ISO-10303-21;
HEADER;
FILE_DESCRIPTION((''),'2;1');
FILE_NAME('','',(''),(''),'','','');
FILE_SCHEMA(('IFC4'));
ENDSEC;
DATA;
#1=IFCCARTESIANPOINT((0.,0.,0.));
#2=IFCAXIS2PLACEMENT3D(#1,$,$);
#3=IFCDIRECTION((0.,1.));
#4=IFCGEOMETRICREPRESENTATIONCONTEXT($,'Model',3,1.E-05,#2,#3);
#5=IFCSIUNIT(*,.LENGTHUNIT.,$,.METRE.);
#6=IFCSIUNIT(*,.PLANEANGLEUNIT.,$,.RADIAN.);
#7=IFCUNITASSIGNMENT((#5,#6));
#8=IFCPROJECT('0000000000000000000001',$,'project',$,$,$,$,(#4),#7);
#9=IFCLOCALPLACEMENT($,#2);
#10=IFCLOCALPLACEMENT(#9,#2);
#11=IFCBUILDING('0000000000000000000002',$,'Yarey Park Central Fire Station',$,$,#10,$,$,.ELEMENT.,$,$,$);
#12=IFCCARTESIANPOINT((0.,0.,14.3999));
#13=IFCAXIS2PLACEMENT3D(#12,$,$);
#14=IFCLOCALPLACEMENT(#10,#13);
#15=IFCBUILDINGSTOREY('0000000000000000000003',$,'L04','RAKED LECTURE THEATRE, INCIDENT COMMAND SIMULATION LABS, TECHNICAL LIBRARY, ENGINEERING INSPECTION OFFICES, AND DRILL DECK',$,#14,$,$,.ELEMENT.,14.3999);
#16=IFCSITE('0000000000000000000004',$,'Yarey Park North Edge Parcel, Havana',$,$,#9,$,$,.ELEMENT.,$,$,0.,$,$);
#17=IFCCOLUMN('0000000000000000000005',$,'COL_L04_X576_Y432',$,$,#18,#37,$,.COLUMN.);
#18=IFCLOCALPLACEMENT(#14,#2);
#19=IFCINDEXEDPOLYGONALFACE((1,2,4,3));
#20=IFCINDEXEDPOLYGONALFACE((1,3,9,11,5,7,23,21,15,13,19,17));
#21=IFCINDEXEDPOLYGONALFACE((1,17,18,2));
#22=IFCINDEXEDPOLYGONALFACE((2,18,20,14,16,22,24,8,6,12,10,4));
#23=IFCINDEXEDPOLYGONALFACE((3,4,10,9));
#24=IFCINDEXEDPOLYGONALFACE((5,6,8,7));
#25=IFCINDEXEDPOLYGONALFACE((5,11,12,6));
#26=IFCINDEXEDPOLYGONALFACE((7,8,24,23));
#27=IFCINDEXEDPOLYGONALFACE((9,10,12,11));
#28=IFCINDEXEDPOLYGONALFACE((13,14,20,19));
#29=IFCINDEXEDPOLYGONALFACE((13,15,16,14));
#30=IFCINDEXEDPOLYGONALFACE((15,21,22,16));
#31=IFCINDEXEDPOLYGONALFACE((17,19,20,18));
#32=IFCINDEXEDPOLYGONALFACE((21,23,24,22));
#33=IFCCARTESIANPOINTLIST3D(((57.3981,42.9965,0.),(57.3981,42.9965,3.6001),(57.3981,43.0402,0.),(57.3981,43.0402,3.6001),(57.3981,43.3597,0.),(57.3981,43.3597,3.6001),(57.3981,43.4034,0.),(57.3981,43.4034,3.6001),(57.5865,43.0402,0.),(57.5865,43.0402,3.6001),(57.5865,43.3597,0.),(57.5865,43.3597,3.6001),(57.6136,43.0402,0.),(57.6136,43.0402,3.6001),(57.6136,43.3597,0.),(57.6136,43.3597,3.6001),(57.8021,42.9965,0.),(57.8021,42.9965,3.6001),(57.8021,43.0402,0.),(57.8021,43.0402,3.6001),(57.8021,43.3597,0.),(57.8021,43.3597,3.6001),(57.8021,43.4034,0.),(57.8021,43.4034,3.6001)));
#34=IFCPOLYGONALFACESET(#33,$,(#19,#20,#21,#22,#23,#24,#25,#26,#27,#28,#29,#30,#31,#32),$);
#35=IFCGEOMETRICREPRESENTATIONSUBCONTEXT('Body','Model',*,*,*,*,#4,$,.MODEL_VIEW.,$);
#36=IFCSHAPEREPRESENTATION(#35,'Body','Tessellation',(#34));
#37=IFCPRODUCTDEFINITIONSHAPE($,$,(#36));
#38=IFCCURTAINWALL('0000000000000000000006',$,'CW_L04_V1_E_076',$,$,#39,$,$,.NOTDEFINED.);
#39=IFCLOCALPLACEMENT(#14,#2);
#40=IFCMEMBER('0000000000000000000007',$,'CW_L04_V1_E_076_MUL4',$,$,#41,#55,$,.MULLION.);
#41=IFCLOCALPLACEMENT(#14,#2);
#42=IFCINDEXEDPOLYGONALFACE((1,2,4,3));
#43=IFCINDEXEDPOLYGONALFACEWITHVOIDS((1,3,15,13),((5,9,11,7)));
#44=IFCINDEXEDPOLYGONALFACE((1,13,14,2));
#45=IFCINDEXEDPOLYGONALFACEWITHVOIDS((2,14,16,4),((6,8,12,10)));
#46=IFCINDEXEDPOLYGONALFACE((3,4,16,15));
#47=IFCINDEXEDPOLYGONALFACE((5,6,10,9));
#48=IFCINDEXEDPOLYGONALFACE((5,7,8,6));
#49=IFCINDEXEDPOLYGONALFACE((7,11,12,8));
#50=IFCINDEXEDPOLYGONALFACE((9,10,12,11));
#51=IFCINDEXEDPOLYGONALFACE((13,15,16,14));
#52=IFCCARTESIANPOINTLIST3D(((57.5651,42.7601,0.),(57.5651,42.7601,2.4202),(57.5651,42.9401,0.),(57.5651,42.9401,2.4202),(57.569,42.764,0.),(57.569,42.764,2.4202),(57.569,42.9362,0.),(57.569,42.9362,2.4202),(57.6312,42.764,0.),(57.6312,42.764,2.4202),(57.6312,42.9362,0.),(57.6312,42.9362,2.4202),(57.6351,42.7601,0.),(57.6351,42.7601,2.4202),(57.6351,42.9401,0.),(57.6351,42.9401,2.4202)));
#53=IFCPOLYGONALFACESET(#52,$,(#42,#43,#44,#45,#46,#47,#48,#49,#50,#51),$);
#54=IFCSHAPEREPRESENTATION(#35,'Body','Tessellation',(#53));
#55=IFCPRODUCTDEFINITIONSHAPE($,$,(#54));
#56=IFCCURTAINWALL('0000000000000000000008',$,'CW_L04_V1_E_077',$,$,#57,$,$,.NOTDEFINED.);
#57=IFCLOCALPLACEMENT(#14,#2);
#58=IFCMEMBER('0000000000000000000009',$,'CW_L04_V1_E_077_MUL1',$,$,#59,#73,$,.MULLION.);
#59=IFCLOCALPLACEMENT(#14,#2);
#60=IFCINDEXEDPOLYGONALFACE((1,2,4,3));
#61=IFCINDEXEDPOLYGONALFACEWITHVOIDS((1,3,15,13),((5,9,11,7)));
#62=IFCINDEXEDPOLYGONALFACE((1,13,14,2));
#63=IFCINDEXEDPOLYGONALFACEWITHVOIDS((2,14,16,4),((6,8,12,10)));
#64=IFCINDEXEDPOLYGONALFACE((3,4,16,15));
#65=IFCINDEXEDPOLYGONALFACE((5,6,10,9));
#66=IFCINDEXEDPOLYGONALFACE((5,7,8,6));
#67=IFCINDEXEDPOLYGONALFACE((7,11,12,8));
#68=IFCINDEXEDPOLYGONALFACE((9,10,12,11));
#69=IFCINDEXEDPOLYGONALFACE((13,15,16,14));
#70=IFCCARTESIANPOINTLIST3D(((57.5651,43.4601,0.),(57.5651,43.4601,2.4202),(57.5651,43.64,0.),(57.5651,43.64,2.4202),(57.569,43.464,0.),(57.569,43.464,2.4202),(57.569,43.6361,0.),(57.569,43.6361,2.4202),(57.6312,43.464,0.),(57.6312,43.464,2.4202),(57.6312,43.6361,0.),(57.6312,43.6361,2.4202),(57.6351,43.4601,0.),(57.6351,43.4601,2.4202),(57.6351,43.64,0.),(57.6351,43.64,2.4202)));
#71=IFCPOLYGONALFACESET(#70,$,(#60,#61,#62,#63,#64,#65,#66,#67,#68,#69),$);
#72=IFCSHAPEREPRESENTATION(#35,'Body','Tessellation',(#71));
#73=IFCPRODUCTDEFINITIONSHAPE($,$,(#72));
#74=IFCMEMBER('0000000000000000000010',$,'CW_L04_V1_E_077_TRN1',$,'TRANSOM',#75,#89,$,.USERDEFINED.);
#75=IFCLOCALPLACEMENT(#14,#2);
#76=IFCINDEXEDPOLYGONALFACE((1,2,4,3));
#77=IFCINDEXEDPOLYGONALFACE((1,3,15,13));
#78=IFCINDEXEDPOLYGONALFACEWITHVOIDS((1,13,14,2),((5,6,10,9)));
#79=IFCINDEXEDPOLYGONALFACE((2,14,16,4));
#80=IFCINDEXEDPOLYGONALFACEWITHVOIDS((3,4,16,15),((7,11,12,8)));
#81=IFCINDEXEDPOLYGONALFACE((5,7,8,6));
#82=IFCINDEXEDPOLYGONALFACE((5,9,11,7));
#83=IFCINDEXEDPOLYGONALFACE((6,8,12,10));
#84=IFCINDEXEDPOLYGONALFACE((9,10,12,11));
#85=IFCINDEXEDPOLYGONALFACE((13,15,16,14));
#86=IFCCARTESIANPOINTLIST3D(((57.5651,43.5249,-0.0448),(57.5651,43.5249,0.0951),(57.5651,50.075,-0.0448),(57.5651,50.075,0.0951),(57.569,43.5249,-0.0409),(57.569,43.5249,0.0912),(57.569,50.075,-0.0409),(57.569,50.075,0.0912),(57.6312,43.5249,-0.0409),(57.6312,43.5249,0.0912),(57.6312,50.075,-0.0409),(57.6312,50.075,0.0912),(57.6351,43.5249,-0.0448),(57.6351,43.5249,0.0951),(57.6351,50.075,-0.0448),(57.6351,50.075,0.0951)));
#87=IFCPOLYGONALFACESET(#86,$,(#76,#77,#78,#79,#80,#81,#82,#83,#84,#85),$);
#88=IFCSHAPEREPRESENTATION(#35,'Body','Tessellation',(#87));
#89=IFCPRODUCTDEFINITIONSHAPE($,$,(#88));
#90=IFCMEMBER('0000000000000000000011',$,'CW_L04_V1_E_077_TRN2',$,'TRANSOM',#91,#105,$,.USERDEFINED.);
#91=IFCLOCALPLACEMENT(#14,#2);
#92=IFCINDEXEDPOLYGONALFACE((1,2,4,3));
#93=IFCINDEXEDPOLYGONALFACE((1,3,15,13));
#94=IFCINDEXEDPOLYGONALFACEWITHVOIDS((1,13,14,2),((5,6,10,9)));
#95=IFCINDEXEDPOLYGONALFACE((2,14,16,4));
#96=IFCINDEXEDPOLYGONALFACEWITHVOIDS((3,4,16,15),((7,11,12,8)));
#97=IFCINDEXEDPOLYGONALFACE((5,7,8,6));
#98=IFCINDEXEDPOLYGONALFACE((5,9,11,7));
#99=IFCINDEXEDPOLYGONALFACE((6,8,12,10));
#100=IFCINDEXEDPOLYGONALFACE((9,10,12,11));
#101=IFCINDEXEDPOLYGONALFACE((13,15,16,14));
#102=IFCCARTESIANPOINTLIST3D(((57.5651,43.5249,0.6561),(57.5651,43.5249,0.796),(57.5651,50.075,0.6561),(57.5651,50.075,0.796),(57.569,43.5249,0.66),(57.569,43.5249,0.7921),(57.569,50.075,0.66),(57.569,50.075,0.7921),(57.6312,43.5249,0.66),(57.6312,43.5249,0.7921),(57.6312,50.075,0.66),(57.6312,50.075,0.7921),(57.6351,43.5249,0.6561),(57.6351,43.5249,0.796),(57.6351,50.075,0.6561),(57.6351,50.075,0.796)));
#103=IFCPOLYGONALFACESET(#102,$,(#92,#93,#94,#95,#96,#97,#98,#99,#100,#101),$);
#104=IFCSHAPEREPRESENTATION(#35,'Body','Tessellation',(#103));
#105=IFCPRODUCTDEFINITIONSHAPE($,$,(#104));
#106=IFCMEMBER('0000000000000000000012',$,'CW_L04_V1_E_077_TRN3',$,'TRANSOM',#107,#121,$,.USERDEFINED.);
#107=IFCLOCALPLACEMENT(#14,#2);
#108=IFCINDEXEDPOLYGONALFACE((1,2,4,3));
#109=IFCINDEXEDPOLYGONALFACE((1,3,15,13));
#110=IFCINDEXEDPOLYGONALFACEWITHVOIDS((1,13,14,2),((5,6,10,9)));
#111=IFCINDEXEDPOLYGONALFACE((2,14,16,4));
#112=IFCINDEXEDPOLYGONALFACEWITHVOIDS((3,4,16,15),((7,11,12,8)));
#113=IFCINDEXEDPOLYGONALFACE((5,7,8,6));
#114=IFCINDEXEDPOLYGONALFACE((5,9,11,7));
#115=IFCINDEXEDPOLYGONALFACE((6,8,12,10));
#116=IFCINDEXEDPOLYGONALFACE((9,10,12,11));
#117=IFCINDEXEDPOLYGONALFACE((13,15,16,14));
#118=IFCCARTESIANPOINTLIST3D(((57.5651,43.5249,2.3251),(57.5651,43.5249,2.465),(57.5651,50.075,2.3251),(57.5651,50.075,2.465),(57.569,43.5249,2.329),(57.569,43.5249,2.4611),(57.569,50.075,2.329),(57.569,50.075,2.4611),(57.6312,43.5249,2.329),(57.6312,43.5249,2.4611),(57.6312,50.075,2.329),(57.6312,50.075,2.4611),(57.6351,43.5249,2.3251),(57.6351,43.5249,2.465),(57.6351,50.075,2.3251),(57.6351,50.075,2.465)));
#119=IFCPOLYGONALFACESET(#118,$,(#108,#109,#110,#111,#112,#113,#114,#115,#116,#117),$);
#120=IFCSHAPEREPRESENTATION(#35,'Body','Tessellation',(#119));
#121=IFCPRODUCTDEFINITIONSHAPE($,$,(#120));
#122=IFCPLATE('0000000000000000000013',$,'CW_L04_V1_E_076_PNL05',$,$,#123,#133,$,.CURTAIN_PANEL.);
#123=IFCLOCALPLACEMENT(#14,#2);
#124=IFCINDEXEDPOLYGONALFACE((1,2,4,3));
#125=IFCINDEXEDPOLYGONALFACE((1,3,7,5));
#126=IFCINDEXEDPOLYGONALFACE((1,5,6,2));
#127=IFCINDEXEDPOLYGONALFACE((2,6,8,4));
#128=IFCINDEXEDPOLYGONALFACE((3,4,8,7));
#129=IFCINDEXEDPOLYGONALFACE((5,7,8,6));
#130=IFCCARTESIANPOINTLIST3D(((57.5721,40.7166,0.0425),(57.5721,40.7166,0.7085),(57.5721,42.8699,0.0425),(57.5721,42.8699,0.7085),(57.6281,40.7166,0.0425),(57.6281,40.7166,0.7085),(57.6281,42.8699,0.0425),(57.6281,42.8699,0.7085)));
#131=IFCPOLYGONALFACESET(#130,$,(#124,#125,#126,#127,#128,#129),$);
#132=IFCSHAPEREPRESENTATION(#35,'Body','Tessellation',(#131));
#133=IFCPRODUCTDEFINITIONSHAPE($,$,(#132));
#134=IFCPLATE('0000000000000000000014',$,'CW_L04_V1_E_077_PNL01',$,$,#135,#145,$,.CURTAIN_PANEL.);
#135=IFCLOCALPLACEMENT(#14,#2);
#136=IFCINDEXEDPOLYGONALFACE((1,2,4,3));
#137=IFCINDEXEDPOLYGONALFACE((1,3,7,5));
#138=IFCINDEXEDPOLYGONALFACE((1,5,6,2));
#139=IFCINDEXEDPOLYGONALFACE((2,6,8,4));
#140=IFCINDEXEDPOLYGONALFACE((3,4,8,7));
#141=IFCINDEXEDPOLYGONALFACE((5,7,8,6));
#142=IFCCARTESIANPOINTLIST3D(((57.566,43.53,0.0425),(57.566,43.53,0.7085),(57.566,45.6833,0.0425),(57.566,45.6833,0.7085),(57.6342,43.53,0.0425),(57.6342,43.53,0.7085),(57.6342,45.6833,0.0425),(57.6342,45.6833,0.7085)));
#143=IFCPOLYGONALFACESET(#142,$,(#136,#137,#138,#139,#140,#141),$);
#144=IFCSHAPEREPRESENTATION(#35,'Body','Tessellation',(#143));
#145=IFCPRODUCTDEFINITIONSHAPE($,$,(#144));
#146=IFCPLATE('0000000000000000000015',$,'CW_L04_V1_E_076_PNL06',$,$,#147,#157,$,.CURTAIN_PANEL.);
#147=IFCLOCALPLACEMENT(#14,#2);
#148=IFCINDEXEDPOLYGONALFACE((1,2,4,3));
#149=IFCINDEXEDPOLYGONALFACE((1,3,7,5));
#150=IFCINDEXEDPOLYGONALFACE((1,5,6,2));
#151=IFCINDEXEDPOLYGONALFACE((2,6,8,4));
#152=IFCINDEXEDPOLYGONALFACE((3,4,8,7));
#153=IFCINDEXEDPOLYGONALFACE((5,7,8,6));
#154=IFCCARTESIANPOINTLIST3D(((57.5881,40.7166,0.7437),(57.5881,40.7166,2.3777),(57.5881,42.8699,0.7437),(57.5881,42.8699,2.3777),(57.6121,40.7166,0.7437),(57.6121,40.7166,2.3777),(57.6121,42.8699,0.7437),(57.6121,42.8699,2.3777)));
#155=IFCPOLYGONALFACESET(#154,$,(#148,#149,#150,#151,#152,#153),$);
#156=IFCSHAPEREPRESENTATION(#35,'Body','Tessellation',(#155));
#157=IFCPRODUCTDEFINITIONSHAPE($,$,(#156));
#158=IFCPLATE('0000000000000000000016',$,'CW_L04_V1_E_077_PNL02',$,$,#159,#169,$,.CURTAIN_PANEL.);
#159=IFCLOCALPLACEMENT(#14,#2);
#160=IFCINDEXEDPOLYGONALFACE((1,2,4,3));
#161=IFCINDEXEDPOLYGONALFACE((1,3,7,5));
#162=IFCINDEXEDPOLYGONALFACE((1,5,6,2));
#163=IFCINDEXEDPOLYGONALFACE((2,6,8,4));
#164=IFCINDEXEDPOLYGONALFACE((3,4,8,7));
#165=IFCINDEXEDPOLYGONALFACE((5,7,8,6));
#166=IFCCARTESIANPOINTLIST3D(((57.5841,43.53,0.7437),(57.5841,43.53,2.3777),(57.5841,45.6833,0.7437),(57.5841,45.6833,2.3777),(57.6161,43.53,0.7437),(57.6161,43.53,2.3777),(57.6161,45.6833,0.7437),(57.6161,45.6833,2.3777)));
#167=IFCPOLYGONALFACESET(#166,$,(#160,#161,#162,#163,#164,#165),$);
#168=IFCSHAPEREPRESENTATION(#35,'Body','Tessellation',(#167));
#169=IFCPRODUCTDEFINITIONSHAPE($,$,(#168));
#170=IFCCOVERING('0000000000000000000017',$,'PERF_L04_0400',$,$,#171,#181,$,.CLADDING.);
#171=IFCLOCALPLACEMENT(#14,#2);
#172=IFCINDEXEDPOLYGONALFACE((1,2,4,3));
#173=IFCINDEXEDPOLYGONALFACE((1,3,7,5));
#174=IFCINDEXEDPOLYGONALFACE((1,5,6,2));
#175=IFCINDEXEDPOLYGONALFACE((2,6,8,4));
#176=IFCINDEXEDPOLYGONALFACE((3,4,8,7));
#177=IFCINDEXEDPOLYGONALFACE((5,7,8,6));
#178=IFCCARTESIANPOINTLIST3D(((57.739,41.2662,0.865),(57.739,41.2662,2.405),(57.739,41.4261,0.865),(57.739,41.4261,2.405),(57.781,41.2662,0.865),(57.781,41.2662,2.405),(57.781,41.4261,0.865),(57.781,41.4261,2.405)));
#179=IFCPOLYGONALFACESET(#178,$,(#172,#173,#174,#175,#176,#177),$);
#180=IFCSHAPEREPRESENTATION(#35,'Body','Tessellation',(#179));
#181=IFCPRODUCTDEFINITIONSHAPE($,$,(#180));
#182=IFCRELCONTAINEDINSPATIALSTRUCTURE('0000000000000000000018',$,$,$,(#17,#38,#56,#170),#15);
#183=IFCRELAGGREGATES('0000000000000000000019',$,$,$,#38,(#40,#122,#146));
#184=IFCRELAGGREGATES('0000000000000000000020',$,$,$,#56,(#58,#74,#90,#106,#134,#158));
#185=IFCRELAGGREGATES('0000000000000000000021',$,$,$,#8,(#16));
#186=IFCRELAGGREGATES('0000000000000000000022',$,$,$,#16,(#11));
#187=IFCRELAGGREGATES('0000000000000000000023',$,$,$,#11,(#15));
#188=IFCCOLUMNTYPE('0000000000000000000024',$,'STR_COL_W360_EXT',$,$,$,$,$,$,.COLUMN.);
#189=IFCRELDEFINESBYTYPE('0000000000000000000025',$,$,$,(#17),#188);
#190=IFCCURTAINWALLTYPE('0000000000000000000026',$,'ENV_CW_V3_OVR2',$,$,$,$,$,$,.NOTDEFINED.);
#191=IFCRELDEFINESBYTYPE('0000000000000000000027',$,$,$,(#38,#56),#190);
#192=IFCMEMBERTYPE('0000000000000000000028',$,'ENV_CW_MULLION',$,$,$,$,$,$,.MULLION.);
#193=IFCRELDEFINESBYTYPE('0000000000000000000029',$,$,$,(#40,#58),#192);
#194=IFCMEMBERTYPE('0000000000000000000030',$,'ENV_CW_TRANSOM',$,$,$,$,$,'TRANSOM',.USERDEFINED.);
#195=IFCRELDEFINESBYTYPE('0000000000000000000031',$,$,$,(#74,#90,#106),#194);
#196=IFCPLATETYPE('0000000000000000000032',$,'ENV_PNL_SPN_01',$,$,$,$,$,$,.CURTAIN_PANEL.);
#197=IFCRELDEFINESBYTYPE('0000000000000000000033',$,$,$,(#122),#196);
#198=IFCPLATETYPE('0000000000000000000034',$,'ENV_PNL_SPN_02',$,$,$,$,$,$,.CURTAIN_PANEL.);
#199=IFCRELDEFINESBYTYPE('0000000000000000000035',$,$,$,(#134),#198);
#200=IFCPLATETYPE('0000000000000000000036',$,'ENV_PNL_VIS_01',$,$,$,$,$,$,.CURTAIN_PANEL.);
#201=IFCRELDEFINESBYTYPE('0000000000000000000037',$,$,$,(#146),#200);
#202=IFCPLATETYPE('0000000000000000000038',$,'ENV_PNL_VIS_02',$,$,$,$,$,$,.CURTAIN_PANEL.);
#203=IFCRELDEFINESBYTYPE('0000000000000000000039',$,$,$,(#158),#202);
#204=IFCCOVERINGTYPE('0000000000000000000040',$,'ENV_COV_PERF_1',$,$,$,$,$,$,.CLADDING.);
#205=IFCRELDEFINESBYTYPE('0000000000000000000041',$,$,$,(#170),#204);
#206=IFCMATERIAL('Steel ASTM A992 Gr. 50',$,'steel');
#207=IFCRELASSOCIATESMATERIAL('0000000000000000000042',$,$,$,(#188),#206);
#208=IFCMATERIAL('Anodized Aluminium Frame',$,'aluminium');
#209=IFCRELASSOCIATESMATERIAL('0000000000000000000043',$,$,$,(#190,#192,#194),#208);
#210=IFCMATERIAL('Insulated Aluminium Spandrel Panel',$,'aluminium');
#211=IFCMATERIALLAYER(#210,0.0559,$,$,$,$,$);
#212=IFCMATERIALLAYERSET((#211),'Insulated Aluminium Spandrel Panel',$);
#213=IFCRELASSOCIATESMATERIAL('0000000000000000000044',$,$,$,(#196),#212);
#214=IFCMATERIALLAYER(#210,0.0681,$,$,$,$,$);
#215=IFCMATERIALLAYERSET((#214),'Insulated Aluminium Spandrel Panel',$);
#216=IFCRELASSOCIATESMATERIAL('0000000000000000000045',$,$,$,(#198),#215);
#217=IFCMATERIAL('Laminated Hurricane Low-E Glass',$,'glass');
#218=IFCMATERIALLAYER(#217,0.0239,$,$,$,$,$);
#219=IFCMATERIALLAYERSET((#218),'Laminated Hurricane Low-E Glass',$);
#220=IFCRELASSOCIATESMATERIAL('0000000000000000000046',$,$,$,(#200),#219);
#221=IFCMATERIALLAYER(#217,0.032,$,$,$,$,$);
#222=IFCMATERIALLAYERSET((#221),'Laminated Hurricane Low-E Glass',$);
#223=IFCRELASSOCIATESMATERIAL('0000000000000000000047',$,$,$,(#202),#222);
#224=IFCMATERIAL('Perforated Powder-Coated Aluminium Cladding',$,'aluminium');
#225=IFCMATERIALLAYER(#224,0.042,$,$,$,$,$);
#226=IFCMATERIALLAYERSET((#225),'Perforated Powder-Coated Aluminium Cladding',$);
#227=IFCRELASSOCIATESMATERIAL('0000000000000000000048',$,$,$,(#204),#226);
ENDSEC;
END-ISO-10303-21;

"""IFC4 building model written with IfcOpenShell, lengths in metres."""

from ifc_helpers import new_model, si_unit, direction, frame, origin, origin_2d, place, context, subcontext, project, spatial, rectangle, hollow_rectangle, i_section, extrude, material, layer, layer_set, material_profile, profile_set, type_object, element, aggregate, save


model = new_model("IFC4")

# Units and contexts
model_context = context("Model", 3, precision=1e-05, world=origin(), true_north=direction((0.0, 1.0)))
body_context = subcontext(model_context, "Body", "Model", "MODEL_VIEW")
ifc_project = project(units=[si_unit("LENGTHUNIT", "METRE"), si_unit("PLANEANGLEUNIT", "RADIAN")], contexts=[model_context])

# Site, building, storey
site_placement = place(None, origin())
site = spatial("IfcSite", under=ifc_project, at=site_placement, Name="Yarey Park North Edge Parcel, Havana", CompositionType="ELEMENT", RefElevation=0.0)
building_placement = place(site_placement, origin())
building = spatial("IfcBuilding", under=site, at=building_placement, Name="Yarey Park Central Fire Station", CompositionType="ELEMENT")
storey_placement = place(building_placement, frame((0.0, 0.0, 14.3999)))
storey = spatial("IfcBuildingStorey", under=building, at=storey_placement, Name="L04", Description="RAKED LECTURE THEATRE, INCIDENT COMMAND SIMULATION LABS, TECHNICAL LIBRARY, ENGINEERING INSPECTION OFFICES, AND DRILL DECK", CompositionType="ELEMENT", Elevation=14.3999)

# Column
ifc_material_1 = material(Name="Steel ASTM A992 Gr. 50", Category="steel")
ifc_material_profile_1 = material_profile(ifc_material_1, i_section(OverallWidth=0.4041, OverallDepth=0.407, WebThickness=0.0271, FlangeThickness=0.0437, at=origin_2d()), Name="W360x347")
ifc_profile_set_1 = profile_set([ifc_material_profile_1], Name="Steel ASTM A992 Gr. 50")
column_type = type_object("IfcColumnType", Name="STR_COL_W360_EXT", PredefinedType="COLUMN", material=ifc_profile_set_1)
column_placement = place(storey_placement, frame((57.6001, 43.2, 0.0), z_axis=(0.0, 0.0, 1.0), x_axis=(1.0, 0.0, 0.0)))
element("IfcColumn", 1, at=column_placement, inside=storey, type_object=column_type, Name="COL_L04_X576_Y432", PredefinedType="COLUMN", context=body_context, shape_type="SweptSolid", body=[
    extrude(i_section(OverallWidth=0.4041, OverallDepth=0.407, WebThickness=0.0271, FlangeThickness=0.0437, at=origin_2d()), origin(), (0.0, 0.0, 1.0), 3.6001),
])

# Curtain wall, member
ifc_material_2 = material(Name="Anodized Aluminium Frame", Category="aluminium")
curtain_wall_type = type_object("IfcCurtainWallType", Name="ENV_CW_V3_OVR2", PredefinedType="NOTDEFINED", material=ifc_material_2)
curtain_wall_1_placement = place(storey_placement, origin())
curtain_wall_1 = element("IfcCurtainWall", 2, at=curtain_wall_1_placement, inside=storey, type_object=curtain_wall_type, Name="CW_L04_V1_E_076", PredefinedType="NOTDEFINED")
ifc_material_profile_2 = material_profile(ifc_material_2, hollow_rectangle(XDim=0.0701, YDim=0.1799, WallThickness=0.0039, at=origin_2d()), Name="ALU 180x70x4")
ifc_profile_set_2 = profile_set([ifc_material_profile_2], Name="Anodized Aluminium Frame")
member_type_1 = type_object("IfcMemberType", Name="ENV_CW_MULLION", PredefinedType="MULLION", material=ifc_profile_set_2)
member_1_placement = place(storey_placement, frame((57.6001, 42.8501, 0.0), z_axis=(0.0, 0.0, 1.0), x_axis=(1.0, 0.0, 0.0)))
member_1 = element("IfcMember", 3, at=member_1_placement, type_object=member_type_1, Name="CW_L04_V1_E_076_MUL4", PredefinedType="MULLION", context=body_context, shape_type="SweptSolid", body=[
    extrude(hollow_rectangle(XDim=0.0701, YDim=0.1799, WallThickness=0.0039, at=origin_2d()), origin(), (0.0, 0.0, 1.0), 2.4202),
])

# Curtain wall, members
curtain_wall_2_placement = place(storey_placement, origin())
curtain_wall_2 = element("IfcCurtainWall", 4, at=curtain_wall_2_placement, inside=storey, type_object=curtain_wall_type, Name="CW_L04_V1_E_077", PredefinedType="NOTDEFINED")
member_2_placement = place(storey_placement, frame((57.6001, 43.55, 0.0), z_axis=(0.0, 0.0, 1.0), x_axis=(1.0, 0.0, 0.0)))
member_2 = element("IfcMember", 5, at=member_2_placement, type_object=member_type_1, Name="CW_L04_V1_E_077_MUL1", PredefinedType="MULLION", context=body_context, shape_type="SweptSolid", body=[
    extrude(hollow_rectangle(XDim=0.0701, YDim=0.1799, WallThickness=0.0039, at=origin_2d()), origin(), (0.0, 0.0, 1.0), 2.4202),
])
ifc_material_profile_3 = material_profile(ifc_material_2, hollow_rectangle(XDim=0.0701, YDim=0.1399, WallThickness=0.0039, at=origin_2d()), Name="ALU 140x70x4")
ifc_profile_set_3 = profile_set([ifc_material_profile_3], Name="Anodized Aluminium Frame")
member_type_2 = type_object("IfcMemberType", Name="ENV_CW_TRANSOM", ElementType="TRANSOM", PredefinedType="USERDEFINED", material=ifc_profile_set_3)
member_3_placement = place(storey_placement, frame((57.6001, 43.5249, 0.0251), z_axis=(0.0, 1.0, 0.0), x_axis=(-1.0, 0.0, 0.0)))
member_3 = element("IfcMember", 6, at=member_3_placement, type_object=member_type_2, Name="CW_L04_V1_E_077_TRN1", ObjectType="TRANSOM", PredefinedType="USERDEFINED", context=body_context, shape_type="SweptSolid", body=[
    extrude(hollow_rectangle(XDim=0.0701, YDim=0.1399, WallThickness=0.0039, at=origin_2d()), origin(), (0.0, 0.0, 1.0), 6.55),
])
member_4_placement = place(storey_placement, frame((57.6001, 43.5249, 0.7261), z_axis=(0.0, 1.0, 0.0), x_axis=(-1.0, 0.0, 0.0)))
member_4 = element("IfcMember", 7, at=member_4_placement, type_object=member_type_2, Name="CW_L04_V1_E_077_TRN2", ObjectType="TRANSOM", PredefinedType="USERDEFINED", context=body_context, shape_type="SweptSolid", body=[
    extrude(hollow_rectangle(XDim=0.0701, YDim=0.1399, WallThickness=0.0039, at=origin_2d()), origin(), (0.0, 0.0, 1.0), 6.55),
])
member_5_placement = place(storey_placement, frame((57.6001, 43.5249, 2.395), z_axis=(0.0, 1.0, 0.0), x_axis=(-1.0, 0.0, 0.0)))
member_5 = element("IfcMember", 8, at=member_5_placement, type_object=member_type_2, Name="CW_L04_V1_E_077_TRN3", ObjectType="TRANSOM", PredefinedType="USERDEFINED", context=body_context, shape_type="SweptSolid", body=[
    extrude(hollow_rectangle(XDim=0.0701, YDim=0.1399, WallThickness=0.0039, at=origin_2d()), origin(), (0.0, 0.0, 1.0), 6.55),
])

# Plates
ifc_material_3 = material(Name="Insulated Aluminium Spandrel Panel", Category="aluminium")
ifc_layer_1 = layer(ifc_material_3, 0.0559)
ifc_layer_set_1 = layer_set([ifc_layer_1], Name="Insulated Aluminium Spandrel Panel")
plate_type_1 = type_object("IfcPlateType", Name="ENV_PNL_SPN_01", PredefinedType="CURTAIN_PANEL", material=ifc_layer_set_1)
plate_1_placement = place(storey_placement, frame((57.6001, 41.7932, 0.0425), z_axis=(0.0, 0.0, 1.0), x_axis=(0.0, 1.0, 0.0)))
plate_1 = element("IfcPlate", 9, at=plate_1_placement, type_object=plate_type_1, Name="CW_L04_V1_E_076_PNL05", PredefinedType="CURTAIN_PANEL", context=body_context, shape_type="SweptSolid", body=[
    extrude(rectangle(XDim=2.1533, YDim=0.0559, at=origin_2d()), origin(), (0.0, 0.0, 1.0), 0.666),
])
ifc_layer_2 = layer(ifc_material_3, 0.0681)
ifc_layer_set_2 = layer_set([ifc_layer_2], Name="Insulated Aluminium Spandrel Panel")
plate_type_2 = type_object("IfcPlateType", Name="ENV_PNL_SPN_02", PredefinedType="CURTAIN_PANEL", material=ifc_layer_set_2)
plate_2_placement = place(storey_placement, frame((57.6001, 44.6067, 0.0425), z_axis=(0.0, 0.0, 1.0), x_axis=(0.0, 1.0, 0.0)))
plate_2 = element("IfcPlate", 10, at=plate_2_placement, type_object=plate_type_2, Name="CW_L04_V1_E_077_PNL01", PredefinedType="CURTAIN_PANEL", context=body_context, shape_type="SweptSolid", body=[
    extrude(rectangle(XDim=2.1533, YDim=0.0681, at=origin_2d()), origin(), (0.0, 0.0, 1.0), 0.666),
])
ifc_material_4 = material(Name="Laminated Hurricane Low-E Glass", Category="glass")
ifc_layer_3 = layer(ifc_material_4, 0.0239)
ifc_layer_set_3 = layer_set([ifc_layer_3], Name="Laminated Hurricane Low-E Glass")
plate_type_3 = type_object("IfcPlateType", Name="ENV_PNL_VIS_01", PredefinedType="CURTAIN_PANEL", material=ifc_layer_set_3)
plate_3_placement = place(storey_placement, frame((57.6001, 41.7932, 0.7437), z_axis=(0.0, 0.0, 1.0), x_axis=(0.0, 1.0, 0.0)))
plate_3 = element("IfcPlate", 11, at=plate_3_placement, type_object=plate_type_3, Name="CW_L04_V1_E_076_PNL06", PredefinedType="CURTAIN_PANEL", context=body_context, shape_type="SweptSolid", body=[
    extrude(rectangle(XDim=2.1533, YDim=0.0239, at=origin_2d()), origin(), (0.0, 0.0, 1.0), 1.634),
])
aggregate(curtain_wall_1, [member_1, plate_1, plate_3])
ifc_layer_4 = layer(ifc_material_4, 0.032)
ifc_layer_set_4 = layer_set([ifc_layer_4], Name="Laminated Hurricane Low-E Glass")
plate_type_4 = type_object("IfcPlateType", Name="ENV_PNL_VIS_02", PredefinedType="CURTAIN_PANEL", material=ifc_layer_set_4)
plate_4_placement = place(storey_placement, frame((57.6001, 44.6067, 0.7437), z_axis=(0.0, 0.0, 1.0), x_axis=(0.0, 1.0, 0.0)))
plate_4 = element("IfcPlate", 12, at=plate_4_placement, type_object=plate_type_4, Name="CW_L04_V1_E_077_PNL02", PredefinedType="CURTAIN_PANEL", context=body_context, shape_type="SweptSolid", body=[
    extrude(rectangle(XDim=2.1533, YDim=0.032, at=origin_2d()), origin(), (0.0, 0.0, 1.0), 1.634),
])
aggregate(curtain_wall_2, [member_2, member_3, member_4, member_5, plate_2, plate_4])

# Covering
ifc_material_5 = material(Name="Perforated Powder-Coated Aluminium Cladding", Category="aluminium")
ifc_layer_5 = layer(ifc_material_5, 0.042)
ifc_layer_set_5 = layer_set([ifc_layer_5], Name="Perforated Powder-Coated Aluminium Cladding")
covering_type_1 = type_object("IfcCoveringType", Name="ENV_COV_PERF_1", PredefinedType="CLADDING", material=ifc_layer_set_5)
covering_1_placement = place(storey_placement, frame((57.76, 41.3462, 0.865), z_axis=(0.0, 0.0, 1.0), x_axis=(0.0, 1.0, 0.0)))
element("IfcCovering", 13, at=covering_1_placement, inside=storey, type_object=covering_type_1, Name="PERF_L04_0400", PredefinedType="CLADDING", context=body_context, shape_type="SweptSolid", body=[
    extrude(rectangle(XDim=0.1599, YDim=0.042, at=origin_2d()), origin(), (0.0, 0.0, 1.0), 1.54),
])

save(model, "model.ifc")
